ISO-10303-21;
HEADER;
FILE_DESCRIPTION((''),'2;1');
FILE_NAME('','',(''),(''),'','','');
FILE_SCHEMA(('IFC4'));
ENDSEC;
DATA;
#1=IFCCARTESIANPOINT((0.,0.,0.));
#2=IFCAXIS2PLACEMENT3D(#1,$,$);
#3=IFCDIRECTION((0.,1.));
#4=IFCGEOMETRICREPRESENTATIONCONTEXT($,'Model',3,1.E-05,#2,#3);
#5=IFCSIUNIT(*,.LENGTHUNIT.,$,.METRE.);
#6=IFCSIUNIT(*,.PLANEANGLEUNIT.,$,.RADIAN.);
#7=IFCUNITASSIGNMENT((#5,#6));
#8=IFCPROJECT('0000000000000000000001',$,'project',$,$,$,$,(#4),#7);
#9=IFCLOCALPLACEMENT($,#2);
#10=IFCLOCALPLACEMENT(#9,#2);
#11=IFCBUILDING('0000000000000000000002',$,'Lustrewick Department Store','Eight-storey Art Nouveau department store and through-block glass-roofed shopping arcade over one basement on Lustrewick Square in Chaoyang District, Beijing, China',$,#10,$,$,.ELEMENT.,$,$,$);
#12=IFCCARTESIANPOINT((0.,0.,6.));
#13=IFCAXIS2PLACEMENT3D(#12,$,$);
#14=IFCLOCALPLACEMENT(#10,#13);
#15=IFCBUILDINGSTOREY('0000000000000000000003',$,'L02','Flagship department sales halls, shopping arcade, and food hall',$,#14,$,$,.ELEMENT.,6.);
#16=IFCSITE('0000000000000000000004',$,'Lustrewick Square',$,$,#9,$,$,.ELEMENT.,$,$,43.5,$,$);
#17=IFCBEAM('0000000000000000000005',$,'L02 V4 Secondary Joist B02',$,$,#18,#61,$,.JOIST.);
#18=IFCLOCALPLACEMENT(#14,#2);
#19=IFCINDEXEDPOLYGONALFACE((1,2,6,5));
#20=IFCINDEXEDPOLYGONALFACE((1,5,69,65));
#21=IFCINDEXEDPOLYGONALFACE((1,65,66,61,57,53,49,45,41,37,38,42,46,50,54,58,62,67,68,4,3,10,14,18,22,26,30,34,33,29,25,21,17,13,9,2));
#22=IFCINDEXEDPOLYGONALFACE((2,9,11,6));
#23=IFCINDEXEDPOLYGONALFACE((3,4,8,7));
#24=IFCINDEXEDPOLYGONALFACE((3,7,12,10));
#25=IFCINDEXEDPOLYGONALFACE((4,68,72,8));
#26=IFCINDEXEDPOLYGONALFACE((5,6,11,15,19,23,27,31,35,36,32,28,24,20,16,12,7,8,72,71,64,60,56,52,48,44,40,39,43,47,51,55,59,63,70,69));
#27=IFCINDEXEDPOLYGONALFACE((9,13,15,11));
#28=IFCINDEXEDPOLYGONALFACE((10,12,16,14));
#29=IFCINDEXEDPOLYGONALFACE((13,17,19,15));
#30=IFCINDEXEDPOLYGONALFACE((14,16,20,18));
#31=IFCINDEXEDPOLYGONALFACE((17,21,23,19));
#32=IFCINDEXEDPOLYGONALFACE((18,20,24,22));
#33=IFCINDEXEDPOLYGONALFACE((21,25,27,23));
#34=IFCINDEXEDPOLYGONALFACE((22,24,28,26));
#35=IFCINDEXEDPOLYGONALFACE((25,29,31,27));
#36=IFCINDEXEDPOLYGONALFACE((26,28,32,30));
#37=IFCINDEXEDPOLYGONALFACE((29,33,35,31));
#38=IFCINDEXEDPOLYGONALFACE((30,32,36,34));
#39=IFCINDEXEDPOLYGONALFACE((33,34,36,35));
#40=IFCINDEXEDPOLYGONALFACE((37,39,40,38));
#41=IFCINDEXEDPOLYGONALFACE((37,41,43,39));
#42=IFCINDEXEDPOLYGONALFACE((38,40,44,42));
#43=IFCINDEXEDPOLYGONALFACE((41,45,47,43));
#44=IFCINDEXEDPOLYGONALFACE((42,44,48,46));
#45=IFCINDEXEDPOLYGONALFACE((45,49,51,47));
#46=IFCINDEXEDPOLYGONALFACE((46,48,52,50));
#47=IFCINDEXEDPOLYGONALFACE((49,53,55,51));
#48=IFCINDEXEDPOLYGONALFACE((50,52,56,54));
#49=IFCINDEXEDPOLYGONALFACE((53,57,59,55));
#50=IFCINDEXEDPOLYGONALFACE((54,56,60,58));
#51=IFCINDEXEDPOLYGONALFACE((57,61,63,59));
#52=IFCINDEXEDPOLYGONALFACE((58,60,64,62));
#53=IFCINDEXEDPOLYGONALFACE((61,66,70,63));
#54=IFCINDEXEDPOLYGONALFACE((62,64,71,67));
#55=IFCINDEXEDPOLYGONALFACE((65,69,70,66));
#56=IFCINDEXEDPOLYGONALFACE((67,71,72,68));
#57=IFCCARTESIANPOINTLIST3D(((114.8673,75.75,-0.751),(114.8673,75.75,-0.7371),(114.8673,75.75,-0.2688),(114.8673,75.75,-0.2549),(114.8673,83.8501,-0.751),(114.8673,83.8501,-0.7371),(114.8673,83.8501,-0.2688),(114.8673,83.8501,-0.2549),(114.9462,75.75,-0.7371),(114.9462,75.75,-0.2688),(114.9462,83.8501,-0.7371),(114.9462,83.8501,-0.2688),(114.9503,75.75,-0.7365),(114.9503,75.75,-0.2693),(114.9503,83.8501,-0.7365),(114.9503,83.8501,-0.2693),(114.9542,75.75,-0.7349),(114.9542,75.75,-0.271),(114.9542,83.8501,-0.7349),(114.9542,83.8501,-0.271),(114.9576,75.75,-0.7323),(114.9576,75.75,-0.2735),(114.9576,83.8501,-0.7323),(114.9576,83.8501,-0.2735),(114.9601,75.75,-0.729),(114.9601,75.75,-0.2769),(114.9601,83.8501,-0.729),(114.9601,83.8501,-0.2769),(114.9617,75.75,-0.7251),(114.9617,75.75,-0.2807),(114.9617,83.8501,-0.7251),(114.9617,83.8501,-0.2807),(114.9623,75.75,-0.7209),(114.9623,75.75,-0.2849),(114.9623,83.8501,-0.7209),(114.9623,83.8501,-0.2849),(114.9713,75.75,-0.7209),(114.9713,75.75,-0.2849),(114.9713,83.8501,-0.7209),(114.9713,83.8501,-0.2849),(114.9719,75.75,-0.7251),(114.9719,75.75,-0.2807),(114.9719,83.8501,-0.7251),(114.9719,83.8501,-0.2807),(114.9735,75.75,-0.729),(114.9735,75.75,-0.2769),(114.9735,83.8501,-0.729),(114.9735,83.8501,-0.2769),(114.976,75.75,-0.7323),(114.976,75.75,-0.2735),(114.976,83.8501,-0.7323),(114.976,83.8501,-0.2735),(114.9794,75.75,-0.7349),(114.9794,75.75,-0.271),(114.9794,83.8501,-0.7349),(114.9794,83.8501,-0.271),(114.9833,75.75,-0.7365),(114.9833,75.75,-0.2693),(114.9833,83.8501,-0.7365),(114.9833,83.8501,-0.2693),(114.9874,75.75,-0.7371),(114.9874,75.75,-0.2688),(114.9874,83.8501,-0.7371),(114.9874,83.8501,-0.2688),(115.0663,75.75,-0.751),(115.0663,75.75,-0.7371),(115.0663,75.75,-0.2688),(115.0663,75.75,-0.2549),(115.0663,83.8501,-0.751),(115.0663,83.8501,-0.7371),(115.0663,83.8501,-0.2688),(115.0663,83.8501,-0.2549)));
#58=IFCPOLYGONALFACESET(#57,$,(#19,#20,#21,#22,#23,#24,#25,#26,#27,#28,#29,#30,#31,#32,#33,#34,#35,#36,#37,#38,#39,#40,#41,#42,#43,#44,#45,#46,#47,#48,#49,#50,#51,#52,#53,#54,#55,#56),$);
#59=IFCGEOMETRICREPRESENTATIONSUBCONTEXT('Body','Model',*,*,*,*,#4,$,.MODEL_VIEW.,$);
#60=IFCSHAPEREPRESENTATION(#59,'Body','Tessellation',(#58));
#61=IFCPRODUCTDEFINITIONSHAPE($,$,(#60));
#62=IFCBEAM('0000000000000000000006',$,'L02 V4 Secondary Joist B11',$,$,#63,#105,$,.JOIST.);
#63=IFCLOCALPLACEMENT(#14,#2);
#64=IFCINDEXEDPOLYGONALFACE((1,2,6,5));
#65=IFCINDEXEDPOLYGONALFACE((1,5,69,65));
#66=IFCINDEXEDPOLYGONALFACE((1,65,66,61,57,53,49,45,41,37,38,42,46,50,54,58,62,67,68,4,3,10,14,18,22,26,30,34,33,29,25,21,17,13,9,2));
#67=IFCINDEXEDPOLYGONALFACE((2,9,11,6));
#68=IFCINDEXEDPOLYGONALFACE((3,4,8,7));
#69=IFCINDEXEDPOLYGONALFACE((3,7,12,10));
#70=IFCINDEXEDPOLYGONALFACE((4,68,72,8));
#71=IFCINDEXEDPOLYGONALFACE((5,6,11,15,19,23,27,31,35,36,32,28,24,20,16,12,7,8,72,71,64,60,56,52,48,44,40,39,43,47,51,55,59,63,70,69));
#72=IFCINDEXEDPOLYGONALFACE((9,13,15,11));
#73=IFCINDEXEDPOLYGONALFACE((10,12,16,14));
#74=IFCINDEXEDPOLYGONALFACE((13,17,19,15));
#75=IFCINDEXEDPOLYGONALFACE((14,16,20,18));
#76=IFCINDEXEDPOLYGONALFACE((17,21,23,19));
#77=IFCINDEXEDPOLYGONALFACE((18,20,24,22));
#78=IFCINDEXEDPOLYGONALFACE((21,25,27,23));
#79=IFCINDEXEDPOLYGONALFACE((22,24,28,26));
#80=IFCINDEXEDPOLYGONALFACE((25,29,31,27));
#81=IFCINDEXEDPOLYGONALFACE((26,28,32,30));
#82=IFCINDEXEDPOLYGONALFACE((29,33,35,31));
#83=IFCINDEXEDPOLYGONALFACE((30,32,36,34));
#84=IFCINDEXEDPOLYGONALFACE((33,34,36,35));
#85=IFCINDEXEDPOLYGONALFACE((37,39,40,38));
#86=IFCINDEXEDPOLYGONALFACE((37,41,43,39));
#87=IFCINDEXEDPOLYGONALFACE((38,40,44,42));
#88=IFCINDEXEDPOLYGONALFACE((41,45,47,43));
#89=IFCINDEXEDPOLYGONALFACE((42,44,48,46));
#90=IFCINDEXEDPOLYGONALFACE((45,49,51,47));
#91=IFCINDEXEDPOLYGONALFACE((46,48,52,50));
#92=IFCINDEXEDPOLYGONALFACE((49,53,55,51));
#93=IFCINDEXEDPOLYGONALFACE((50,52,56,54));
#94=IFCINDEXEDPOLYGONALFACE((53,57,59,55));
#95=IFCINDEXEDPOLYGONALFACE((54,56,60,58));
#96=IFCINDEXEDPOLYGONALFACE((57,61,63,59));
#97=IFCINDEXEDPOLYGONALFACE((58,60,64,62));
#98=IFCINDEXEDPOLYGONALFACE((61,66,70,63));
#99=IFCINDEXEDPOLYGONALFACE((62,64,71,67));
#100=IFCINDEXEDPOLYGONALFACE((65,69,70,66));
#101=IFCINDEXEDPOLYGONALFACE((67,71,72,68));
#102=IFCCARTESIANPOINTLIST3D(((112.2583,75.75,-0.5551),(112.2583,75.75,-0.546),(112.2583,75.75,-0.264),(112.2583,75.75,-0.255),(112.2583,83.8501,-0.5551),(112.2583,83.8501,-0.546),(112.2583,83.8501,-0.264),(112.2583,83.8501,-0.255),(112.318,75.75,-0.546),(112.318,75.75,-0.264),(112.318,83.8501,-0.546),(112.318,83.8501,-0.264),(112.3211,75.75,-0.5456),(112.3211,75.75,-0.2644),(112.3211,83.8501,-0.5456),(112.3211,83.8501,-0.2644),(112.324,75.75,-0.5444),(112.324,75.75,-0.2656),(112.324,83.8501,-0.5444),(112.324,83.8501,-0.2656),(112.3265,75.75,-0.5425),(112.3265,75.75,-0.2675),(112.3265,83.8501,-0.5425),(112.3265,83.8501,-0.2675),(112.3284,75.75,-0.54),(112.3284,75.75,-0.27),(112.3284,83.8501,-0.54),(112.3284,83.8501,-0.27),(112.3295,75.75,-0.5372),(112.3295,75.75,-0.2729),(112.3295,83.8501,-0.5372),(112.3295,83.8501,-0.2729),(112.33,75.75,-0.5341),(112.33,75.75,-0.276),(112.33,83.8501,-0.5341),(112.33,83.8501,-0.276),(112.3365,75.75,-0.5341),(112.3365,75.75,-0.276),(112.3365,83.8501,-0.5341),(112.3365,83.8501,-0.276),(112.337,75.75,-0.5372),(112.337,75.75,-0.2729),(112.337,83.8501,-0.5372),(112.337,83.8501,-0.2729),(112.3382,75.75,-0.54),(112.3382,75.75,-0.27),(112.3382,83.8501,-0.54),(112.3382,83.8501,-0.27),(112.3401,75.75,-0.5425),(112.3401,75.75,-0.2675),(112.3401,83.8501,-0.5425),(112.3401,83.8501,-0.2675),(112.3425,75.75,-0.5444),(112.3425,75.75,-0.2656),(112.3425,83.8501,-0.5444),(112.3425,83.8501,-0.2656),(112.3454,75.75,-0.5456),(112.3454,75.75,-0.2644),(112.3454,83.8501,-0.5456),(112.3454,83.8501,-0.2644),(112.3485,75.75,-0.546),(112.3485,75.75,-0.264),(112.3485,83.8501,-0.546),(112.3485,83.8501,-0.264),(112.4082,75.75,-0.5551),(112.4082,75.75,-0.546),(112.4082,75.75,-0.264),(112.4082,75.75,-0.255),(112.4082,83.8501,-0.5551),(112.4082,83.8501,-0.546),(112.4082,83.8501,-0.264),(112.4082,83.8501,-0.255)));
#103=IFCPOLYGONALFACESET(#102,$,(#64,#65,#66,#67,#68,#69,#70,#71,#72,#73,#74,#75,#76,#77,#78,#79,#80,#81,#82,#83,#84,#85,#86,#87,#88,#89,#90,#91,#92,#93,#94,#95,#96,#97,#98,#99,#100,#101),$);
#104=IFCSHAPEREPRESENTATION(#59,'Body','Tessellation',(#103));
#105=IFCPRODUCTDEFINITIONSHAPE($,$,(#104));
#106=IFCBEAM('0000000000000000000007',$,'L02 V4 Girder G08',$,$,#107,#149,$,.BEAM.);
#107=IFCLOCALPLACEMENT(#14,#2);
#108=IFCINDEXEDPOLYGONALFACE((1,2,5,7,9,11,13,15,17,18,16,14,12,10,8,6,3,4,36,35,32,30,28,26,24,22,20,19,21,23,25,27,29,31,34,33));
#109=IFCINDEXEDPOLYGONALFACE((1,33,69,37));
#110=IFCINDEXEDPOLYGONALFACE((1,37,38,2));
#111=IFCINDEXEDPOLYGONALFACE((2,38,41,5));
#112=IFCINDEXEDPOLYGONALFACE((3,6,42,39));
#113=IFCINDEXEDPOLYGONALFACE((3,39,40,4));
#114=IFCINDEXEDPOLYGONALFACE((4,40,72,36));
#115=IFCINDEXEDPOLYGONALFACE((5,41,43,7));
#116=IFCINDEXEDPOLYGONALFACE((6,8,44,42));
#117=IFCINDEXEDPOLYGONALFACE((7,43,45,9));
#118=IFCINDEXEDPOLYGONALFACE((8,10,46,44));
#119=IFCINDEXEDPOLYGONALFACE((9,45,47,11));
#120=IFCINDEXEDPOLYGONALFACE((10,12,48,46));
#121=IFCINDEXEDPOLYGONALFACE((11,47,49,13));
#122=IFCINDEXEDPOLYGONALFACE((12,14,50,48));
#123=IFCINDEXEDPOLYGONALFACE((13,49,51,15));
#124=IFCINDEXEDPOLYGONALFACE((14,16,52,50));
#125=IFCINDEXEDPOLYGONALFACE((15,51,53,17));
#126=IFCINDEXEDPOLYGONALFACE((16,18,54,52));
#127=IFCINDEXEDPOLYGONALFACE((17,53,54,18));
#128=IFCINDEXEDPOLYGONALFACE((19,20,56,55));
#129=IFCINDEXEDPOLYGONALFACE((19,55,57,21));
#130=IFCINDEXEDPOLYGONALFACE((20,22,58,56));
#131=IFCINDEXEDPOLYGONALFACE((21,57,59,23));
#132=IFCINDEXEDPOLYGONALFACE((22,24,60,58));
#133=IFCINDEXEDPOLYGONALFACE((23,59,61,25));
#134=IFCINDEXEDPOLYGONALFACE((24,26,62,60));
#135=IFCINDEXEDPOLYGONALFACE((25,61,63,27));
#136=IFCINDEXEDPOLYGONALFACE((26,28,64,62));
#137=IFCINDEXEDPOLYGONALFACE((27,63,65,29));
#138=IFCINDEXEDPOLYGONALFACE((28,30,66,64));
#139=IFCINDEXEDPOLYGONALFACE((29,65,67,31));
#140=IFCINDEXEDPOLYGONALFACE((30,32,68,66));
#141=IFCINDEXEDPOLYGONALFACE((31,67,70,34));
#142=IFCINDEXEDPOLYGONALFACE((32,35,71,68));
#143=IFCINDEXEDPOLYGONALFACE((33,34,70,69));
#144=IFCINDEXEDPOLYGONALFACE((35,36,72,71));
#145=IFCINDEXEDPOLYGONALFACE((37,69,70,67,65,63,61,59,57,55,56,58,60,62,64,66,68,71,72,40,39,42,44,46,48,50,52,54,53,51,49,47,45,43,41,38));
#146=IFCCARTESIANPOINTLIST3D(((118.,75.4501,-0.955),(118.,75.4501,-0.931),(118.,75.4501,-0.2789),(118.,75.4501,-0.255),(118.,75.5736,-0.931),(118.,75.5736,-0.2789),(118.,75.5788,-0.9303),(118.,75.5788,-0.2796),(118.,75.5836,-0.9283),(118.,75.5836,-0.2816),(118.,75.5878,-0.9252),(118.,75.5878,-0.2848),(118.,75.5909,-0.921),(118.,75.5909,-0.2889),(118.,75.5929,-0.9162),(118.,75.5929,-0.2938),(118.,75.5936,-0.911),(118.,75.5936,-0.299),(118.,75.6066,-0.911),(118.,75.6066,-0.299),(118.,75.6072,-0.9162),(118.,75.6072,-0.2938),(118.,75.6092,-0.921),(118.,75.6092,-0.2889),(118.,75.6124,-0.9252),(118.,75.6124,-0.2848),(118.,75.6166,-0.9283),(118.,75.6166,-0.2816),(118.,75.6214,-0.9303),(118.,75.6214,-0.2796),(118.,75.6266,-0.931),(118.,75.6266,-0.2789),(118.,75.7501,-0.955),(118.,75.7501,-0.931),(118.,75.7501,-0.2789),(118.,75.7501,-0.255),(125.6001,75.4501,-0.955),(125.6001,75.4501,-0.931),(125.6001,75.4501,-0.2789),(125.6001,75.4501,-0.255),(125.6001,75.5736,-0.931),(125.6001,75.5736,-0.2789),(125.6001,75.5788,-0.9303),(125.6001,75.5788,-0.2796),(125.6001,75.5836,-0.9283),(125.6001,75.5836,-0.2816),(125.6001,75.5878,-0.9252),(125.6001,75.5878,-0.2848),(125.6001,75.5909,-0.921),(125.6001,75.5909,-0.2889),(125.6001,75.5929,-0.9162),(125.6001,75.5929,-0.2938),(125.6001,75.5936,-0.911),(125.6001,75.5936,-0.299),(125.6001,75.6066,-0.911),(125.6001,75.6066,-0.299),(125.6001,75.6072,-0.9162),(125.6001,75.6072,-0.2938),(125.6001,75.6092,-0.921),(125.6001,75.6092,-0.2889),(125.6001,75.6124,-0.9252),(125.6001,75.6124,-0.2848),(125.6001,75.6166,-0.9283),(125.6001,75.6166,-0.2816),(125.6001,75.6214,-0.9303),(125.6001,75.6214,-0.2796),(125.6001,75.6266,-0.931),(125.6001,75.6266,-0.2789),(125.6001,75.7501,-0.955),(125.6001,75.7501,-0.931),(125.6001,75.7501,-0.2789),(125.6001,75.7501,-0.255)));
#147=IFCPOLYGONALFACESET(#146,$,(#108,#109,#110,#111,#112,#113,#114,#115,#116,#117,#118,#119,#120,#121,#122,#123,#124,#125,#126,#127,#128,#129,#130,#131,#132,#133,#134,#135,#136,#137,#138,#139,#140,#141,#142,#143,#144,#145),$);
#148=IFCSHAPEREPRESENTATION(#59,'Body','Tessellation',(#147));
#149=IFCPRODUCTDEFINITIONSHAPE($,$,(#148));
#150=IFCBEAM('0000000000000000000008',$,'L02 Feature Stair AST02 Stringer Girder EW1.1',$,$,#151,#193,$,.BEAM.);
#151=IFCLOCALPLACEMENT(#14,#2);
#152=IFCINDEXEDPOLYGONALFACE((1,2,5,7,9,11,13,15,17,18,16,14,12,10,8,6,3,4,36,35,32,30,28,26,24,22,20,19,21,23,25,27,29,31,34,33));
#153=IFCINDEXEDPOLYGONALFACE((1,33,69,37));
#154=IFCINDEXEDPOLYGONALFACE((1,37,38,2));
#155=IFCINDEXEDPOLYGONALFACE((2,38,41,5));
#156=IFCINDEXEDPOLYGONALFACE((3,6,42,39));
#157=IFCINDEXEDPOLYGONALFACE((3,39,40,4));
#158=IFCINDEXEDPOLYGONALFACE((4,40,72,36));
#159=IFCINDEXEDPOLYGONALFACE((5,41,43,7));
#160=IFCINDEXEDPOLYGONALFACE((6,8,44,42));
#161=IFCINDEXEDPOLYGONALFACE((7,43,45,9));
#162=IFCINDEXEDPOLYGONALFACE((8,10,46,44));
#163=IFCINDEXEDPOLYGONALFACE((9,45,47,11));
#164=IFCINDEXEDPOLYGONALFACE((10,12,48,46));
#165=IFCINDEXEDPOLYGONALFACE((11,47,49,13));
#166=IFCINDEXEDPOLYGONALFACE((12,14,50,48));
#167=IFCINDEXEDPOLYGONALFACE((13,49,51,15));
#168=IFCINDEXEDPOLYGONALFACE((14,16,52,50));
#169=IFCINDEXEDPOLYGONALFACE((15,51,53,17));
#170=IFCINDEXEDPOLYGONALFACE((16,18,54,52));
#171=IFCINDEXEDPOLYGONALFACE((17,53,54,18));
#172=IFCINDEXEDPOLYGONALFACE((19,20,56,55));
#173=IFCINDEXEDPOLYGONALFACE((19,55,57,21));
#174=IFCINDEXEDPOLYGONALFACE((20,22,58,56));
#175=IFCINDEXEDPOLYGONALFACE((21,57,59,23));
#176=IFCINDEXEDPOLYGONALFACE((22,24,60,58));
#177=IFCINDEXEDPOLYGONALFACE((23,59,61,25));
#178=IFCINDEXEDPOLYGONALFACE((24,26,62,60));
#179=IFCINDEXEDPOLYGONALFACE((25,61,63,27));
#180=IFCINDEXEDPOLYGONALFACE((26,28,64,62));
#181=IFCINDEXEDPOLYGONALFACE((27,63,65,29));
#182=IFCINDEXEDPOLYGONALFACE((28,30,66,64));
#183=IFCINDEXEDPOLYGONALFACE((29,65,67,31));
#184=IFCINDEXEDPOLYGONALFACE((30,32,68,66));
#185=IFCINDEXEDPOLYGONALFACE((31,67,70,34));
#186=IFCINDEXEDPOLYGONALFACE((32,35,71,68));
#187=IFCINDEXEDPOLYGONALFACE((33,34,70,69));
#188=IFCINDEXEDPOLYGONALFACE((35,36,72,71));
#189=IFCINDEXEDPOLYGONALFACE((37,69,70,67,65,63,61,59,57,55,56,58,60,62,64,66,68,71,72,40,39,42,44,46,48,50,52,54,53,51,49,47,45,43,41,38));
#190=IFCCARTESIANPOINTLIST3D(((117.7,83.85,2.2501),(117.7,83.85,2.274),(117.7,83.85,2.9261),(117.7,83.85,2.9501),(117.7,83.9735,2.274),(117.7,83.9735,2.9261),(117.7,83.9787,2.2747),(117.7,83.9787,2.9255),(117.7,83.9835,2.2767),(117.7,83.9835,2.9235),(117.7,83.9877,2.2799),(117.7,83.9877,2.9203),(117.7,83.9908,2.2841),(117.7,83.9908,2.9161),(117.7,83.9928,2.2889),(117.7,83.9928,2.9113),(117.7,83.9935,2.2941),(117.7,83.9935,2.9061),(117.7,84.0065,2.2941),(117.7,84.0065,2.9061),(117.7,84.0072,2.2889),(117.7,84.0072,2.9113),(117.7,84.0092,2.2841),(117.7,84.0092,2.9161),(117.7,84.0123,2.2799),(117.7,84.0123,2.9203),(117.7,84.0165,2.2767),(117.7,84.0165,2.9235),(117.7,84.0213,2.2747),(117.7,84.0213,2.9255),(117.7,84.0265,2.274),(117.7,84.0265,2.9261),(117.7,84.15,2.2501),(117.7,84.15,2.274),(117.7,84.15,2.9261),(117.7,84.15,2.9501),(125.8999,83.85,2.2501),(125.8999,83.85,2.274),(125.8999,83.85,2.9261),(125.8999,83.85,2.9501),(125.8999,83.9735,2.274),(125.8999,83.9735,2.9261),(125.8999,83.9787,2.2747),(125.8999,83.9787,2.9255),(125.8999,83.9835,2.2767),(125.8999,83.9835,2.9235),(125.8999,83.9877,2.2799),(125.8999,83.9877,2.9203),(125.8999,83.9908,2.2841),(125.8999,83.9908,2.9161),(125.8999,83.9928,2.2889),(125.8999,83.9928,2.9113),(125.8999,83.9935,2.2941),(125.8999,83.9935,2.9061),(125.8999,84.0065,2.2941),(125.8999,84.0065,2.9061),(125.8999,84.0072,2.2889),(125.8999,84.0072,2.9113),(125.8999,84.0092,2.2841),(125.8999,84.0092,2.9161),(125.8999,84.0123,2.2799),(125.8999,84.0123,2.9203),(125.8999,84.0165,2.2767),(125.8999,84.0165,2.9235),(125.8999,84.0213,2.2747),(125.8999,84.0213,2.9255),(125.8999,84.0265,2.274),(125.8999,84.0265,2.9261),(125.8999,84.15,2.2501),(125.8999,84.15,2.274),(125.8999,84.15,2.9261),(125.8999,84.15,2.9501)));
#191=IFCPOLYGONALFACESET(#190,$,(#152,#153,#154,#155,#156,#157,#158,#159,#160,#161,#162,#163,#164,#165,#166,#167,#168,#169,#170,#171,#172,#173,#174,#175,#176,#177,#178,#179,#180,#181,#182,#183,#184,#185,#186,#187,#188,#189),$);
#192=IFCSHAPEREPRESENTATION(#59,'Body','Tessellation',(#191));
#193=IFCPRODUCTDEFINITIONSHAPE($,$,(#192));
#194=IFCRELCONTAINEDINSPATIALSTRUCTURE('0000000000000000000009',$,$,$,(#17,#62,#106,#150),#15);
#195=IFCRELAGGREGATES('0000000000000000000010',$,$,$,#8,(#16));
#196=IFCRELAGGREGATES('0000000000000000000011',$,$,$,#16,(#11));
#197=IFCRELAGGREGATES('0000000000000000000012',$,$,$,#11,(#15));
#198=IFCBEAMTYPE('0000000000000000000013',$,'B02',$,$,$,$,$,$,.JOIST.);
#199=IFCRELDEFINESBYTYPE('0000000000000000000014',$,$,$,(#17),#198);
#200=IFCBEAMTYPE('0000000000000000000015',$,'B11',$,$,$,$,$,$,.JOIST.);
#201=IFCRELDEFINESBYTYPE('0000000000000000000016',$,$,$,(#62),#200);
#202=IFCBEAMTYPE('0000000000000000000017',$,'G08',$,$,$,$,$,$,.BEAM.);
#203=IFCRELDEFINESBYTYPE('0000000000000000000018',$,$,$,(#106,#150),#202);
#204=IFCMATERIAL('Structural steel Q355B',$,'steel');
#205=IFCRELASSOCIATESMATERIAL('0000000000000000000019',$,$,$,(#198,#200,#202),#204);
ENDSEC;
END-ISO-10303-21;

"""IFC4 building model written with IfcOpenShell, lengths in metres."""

from ifc_helpers import new_model, si_unit, direction, frame, origin, origin_2d, place, context, subcontext, project, spatial, i_section, extrude, material, material_profile, profile_set, type_object, element, save


model = new_model("IFC4")

# Units and contexts
model_context = context("Model", 3, precision=1e-05, world=origin(), true_north=direction((0.0, 1.0)))
body_context = subcontext(model_context, "Body", "Model", "MODEL_VIEW")
ifc_project = project(units=[si_unit("LENGTHUNIT", "METRE"), si_unit("PLANEANGLEUNIT", "RADIAN")], contexts=[model_context])

# Site, building, storey
site_placement = place(None, origin())
site = spatial("IfcSite", under=ifc_project, at=site_placement, Name="Lustrewick Square", CompositionType="ELEMENT", RefElevation=43.5)
building_placement = place(site_placement, origin())
building = spatial("IfcBuilding", under=site, at=building_placement, Name="Lustrewick Department Store", Description="Eight-storey Art Nouveau department store and through-block glass-roofed shopping arcade over one basement on Lustrewick Square in Chaoyang District, Beijing, China", CompositionType="ELEMENT")
storey_placement = place(building_placement, frame((0.0, 0.0, 6.0)))
storey = spatial("IfcBuildingStorey", under=building, at=storey_placement, Name="L02", Description="Flagship department sales halls, shopping arcade, and food hall", CompositionType="ELEMENT", Elevation=6.0)

# Shared definitions
ifc_material_1 = material(Name="Structural steel Q355B", Category="steel")

# Beams
ifc_material_profile_1 = material_profile(ifc_material_1, i_section(OverallWidth=0.199, OverallDepth=0.4961, WebThickness=0.009, FlangeThickness=0.0139, FilletRadius=0.0161, at=origin_2d()), Name="HN 496x199x9x14")
ifc_profile_set_1 = profile_set([ifc_material_profile_1], Name="Structural steel Q355B")
beam_type_1 = type_object("IfcBeamType", Name="B02", PredefinedType="JOIST", material=ifc_profile_set_1)
beam_1_placement = place(storey_placement, frame((114.9668, 75.75, -0.5029), z_axis=(0.0, 1.0, 0.0), x_axis=(-1.0, 0.0, 0.0)))
element("IfcBeam", 1, at=beam_1_placement, inside=storey, type_object=beam_type_1, Name="L02 V4 Secondary Joist B02", PredefinedType="JOIST", context=body_context, shape_type="SweptSolid", body=[
    extrude(i_section(OverallWidth=0.199, OverallDepth=0.4961, WebThickness=0.009, FlangeThickness=0.0139, FilletRadius=0.0161, at=origin_2d()), origin(), (0.0, 0.0, 1.0), 8.1001),
])
ifc_material_profile_2 = material_profile(ifc_material_1, i_section(OverallWidth=0.1499, OverallDepth=0.3, WebThickness=0.0066, FlangeThickness=0.009, FilletRadius=0.012, at=origin_2d()), Name="HN 300x150x6.5x9")
ifc_profile_set_2 = profile_set([ifc_material_profile_2], Name="Structural steel Q355B")
beam_type_2 = type_object("IfcBeamType", Name="B11", PredefinedType="JOIST", material=ifc_profile_set_2)
beam_2_placement = place(storey_placement, frame((112.3333, 75.75, -0.405), z_axis=(0.0, 1.0, 0.0), x_axis=(-1.0, 0.0, 0.0)))
element("IfcBeam", 2, at=beam_2_placement, inside=storey, type_object=beam_type_2, Name="L02 V4 Secondary Joist B11", PredefinedType="JOIST", context=body_context, shape_type="SweptSolid", body=[
    extrude(i_section(OverallWidth=0.1499, OverallDepth=0.3, WebThickness=0.0066, FlangeThickness=0.009, FilletRadius=0.012, at=origin_2d()), origin(), (0.0, 0.0, 1.0), 8.1001),
])
ifc_material_profile_3 = material_profile(ifc_material_1, i_section(OverallWidth=0.3, OverallDepth=0.7, WebThickness=0.0129, FlangeThickness=0.0239, FilletRadius=0.02, at=origin_2d()), Name="HN 700x300x13x24")
ifc_profile_set_3 = profile_set([ifc_material_profile_3], Name="Structural steel Q355B")
beam_type_3 = type_object("IfcBeamType", Name="G08", PredefinedType="BEAM", material=ifc_profile_set_3)
beam_3_placement = place(storey_placement, frame((118.0, 75.6001, -0.605), z_axis=(1.0, 0.0, 0.0), x_axis=(0.0, 1.0, 0.0)))
element("IfcBeam", 3, at=beam_3_placement, inside=storey, type_object=beam_type_3, Name="L02 V4 Girder G08", PredefinedType="BEAM", context=body_context, shape_type="SweptSolid", body=[
    extrude(i_section(OverallWidth=0.3, OverallDepth=0.7, WebThickness=0.0129, FlangeThickness=0.0239, FilletRadius=0.02, at=origin_2d()), origin(), (0.0, 0.0, 1.0), 7.6001),
])
beam_4_placement = place(storey_placement, frame((117.7, 84.0, 2.6001), z_axis=(1.0, 0.0, 0.0), x_axis=(0.0, 1.0, 0.0)))
element("IfcBeam", 4, at=beam_4_placement, inside=storey, type_object=beam_type_3, Name="L02 Feature Stair AST02 Stringer Girder EW1.1", PredefinedType="BEAM", context=body_context, shape_type="SweptSolid", body=[
    extrude(i_section(OverallWidth=0.3, OverallDepth=0.7, WebThickness=0.0129, FlangeThickness=0.0239, FilletRadius=0.02, at=origin_2d()), origin(), (0.0, 0.0, 1.0), 8.2),
])

save(model, "model.ifc")
